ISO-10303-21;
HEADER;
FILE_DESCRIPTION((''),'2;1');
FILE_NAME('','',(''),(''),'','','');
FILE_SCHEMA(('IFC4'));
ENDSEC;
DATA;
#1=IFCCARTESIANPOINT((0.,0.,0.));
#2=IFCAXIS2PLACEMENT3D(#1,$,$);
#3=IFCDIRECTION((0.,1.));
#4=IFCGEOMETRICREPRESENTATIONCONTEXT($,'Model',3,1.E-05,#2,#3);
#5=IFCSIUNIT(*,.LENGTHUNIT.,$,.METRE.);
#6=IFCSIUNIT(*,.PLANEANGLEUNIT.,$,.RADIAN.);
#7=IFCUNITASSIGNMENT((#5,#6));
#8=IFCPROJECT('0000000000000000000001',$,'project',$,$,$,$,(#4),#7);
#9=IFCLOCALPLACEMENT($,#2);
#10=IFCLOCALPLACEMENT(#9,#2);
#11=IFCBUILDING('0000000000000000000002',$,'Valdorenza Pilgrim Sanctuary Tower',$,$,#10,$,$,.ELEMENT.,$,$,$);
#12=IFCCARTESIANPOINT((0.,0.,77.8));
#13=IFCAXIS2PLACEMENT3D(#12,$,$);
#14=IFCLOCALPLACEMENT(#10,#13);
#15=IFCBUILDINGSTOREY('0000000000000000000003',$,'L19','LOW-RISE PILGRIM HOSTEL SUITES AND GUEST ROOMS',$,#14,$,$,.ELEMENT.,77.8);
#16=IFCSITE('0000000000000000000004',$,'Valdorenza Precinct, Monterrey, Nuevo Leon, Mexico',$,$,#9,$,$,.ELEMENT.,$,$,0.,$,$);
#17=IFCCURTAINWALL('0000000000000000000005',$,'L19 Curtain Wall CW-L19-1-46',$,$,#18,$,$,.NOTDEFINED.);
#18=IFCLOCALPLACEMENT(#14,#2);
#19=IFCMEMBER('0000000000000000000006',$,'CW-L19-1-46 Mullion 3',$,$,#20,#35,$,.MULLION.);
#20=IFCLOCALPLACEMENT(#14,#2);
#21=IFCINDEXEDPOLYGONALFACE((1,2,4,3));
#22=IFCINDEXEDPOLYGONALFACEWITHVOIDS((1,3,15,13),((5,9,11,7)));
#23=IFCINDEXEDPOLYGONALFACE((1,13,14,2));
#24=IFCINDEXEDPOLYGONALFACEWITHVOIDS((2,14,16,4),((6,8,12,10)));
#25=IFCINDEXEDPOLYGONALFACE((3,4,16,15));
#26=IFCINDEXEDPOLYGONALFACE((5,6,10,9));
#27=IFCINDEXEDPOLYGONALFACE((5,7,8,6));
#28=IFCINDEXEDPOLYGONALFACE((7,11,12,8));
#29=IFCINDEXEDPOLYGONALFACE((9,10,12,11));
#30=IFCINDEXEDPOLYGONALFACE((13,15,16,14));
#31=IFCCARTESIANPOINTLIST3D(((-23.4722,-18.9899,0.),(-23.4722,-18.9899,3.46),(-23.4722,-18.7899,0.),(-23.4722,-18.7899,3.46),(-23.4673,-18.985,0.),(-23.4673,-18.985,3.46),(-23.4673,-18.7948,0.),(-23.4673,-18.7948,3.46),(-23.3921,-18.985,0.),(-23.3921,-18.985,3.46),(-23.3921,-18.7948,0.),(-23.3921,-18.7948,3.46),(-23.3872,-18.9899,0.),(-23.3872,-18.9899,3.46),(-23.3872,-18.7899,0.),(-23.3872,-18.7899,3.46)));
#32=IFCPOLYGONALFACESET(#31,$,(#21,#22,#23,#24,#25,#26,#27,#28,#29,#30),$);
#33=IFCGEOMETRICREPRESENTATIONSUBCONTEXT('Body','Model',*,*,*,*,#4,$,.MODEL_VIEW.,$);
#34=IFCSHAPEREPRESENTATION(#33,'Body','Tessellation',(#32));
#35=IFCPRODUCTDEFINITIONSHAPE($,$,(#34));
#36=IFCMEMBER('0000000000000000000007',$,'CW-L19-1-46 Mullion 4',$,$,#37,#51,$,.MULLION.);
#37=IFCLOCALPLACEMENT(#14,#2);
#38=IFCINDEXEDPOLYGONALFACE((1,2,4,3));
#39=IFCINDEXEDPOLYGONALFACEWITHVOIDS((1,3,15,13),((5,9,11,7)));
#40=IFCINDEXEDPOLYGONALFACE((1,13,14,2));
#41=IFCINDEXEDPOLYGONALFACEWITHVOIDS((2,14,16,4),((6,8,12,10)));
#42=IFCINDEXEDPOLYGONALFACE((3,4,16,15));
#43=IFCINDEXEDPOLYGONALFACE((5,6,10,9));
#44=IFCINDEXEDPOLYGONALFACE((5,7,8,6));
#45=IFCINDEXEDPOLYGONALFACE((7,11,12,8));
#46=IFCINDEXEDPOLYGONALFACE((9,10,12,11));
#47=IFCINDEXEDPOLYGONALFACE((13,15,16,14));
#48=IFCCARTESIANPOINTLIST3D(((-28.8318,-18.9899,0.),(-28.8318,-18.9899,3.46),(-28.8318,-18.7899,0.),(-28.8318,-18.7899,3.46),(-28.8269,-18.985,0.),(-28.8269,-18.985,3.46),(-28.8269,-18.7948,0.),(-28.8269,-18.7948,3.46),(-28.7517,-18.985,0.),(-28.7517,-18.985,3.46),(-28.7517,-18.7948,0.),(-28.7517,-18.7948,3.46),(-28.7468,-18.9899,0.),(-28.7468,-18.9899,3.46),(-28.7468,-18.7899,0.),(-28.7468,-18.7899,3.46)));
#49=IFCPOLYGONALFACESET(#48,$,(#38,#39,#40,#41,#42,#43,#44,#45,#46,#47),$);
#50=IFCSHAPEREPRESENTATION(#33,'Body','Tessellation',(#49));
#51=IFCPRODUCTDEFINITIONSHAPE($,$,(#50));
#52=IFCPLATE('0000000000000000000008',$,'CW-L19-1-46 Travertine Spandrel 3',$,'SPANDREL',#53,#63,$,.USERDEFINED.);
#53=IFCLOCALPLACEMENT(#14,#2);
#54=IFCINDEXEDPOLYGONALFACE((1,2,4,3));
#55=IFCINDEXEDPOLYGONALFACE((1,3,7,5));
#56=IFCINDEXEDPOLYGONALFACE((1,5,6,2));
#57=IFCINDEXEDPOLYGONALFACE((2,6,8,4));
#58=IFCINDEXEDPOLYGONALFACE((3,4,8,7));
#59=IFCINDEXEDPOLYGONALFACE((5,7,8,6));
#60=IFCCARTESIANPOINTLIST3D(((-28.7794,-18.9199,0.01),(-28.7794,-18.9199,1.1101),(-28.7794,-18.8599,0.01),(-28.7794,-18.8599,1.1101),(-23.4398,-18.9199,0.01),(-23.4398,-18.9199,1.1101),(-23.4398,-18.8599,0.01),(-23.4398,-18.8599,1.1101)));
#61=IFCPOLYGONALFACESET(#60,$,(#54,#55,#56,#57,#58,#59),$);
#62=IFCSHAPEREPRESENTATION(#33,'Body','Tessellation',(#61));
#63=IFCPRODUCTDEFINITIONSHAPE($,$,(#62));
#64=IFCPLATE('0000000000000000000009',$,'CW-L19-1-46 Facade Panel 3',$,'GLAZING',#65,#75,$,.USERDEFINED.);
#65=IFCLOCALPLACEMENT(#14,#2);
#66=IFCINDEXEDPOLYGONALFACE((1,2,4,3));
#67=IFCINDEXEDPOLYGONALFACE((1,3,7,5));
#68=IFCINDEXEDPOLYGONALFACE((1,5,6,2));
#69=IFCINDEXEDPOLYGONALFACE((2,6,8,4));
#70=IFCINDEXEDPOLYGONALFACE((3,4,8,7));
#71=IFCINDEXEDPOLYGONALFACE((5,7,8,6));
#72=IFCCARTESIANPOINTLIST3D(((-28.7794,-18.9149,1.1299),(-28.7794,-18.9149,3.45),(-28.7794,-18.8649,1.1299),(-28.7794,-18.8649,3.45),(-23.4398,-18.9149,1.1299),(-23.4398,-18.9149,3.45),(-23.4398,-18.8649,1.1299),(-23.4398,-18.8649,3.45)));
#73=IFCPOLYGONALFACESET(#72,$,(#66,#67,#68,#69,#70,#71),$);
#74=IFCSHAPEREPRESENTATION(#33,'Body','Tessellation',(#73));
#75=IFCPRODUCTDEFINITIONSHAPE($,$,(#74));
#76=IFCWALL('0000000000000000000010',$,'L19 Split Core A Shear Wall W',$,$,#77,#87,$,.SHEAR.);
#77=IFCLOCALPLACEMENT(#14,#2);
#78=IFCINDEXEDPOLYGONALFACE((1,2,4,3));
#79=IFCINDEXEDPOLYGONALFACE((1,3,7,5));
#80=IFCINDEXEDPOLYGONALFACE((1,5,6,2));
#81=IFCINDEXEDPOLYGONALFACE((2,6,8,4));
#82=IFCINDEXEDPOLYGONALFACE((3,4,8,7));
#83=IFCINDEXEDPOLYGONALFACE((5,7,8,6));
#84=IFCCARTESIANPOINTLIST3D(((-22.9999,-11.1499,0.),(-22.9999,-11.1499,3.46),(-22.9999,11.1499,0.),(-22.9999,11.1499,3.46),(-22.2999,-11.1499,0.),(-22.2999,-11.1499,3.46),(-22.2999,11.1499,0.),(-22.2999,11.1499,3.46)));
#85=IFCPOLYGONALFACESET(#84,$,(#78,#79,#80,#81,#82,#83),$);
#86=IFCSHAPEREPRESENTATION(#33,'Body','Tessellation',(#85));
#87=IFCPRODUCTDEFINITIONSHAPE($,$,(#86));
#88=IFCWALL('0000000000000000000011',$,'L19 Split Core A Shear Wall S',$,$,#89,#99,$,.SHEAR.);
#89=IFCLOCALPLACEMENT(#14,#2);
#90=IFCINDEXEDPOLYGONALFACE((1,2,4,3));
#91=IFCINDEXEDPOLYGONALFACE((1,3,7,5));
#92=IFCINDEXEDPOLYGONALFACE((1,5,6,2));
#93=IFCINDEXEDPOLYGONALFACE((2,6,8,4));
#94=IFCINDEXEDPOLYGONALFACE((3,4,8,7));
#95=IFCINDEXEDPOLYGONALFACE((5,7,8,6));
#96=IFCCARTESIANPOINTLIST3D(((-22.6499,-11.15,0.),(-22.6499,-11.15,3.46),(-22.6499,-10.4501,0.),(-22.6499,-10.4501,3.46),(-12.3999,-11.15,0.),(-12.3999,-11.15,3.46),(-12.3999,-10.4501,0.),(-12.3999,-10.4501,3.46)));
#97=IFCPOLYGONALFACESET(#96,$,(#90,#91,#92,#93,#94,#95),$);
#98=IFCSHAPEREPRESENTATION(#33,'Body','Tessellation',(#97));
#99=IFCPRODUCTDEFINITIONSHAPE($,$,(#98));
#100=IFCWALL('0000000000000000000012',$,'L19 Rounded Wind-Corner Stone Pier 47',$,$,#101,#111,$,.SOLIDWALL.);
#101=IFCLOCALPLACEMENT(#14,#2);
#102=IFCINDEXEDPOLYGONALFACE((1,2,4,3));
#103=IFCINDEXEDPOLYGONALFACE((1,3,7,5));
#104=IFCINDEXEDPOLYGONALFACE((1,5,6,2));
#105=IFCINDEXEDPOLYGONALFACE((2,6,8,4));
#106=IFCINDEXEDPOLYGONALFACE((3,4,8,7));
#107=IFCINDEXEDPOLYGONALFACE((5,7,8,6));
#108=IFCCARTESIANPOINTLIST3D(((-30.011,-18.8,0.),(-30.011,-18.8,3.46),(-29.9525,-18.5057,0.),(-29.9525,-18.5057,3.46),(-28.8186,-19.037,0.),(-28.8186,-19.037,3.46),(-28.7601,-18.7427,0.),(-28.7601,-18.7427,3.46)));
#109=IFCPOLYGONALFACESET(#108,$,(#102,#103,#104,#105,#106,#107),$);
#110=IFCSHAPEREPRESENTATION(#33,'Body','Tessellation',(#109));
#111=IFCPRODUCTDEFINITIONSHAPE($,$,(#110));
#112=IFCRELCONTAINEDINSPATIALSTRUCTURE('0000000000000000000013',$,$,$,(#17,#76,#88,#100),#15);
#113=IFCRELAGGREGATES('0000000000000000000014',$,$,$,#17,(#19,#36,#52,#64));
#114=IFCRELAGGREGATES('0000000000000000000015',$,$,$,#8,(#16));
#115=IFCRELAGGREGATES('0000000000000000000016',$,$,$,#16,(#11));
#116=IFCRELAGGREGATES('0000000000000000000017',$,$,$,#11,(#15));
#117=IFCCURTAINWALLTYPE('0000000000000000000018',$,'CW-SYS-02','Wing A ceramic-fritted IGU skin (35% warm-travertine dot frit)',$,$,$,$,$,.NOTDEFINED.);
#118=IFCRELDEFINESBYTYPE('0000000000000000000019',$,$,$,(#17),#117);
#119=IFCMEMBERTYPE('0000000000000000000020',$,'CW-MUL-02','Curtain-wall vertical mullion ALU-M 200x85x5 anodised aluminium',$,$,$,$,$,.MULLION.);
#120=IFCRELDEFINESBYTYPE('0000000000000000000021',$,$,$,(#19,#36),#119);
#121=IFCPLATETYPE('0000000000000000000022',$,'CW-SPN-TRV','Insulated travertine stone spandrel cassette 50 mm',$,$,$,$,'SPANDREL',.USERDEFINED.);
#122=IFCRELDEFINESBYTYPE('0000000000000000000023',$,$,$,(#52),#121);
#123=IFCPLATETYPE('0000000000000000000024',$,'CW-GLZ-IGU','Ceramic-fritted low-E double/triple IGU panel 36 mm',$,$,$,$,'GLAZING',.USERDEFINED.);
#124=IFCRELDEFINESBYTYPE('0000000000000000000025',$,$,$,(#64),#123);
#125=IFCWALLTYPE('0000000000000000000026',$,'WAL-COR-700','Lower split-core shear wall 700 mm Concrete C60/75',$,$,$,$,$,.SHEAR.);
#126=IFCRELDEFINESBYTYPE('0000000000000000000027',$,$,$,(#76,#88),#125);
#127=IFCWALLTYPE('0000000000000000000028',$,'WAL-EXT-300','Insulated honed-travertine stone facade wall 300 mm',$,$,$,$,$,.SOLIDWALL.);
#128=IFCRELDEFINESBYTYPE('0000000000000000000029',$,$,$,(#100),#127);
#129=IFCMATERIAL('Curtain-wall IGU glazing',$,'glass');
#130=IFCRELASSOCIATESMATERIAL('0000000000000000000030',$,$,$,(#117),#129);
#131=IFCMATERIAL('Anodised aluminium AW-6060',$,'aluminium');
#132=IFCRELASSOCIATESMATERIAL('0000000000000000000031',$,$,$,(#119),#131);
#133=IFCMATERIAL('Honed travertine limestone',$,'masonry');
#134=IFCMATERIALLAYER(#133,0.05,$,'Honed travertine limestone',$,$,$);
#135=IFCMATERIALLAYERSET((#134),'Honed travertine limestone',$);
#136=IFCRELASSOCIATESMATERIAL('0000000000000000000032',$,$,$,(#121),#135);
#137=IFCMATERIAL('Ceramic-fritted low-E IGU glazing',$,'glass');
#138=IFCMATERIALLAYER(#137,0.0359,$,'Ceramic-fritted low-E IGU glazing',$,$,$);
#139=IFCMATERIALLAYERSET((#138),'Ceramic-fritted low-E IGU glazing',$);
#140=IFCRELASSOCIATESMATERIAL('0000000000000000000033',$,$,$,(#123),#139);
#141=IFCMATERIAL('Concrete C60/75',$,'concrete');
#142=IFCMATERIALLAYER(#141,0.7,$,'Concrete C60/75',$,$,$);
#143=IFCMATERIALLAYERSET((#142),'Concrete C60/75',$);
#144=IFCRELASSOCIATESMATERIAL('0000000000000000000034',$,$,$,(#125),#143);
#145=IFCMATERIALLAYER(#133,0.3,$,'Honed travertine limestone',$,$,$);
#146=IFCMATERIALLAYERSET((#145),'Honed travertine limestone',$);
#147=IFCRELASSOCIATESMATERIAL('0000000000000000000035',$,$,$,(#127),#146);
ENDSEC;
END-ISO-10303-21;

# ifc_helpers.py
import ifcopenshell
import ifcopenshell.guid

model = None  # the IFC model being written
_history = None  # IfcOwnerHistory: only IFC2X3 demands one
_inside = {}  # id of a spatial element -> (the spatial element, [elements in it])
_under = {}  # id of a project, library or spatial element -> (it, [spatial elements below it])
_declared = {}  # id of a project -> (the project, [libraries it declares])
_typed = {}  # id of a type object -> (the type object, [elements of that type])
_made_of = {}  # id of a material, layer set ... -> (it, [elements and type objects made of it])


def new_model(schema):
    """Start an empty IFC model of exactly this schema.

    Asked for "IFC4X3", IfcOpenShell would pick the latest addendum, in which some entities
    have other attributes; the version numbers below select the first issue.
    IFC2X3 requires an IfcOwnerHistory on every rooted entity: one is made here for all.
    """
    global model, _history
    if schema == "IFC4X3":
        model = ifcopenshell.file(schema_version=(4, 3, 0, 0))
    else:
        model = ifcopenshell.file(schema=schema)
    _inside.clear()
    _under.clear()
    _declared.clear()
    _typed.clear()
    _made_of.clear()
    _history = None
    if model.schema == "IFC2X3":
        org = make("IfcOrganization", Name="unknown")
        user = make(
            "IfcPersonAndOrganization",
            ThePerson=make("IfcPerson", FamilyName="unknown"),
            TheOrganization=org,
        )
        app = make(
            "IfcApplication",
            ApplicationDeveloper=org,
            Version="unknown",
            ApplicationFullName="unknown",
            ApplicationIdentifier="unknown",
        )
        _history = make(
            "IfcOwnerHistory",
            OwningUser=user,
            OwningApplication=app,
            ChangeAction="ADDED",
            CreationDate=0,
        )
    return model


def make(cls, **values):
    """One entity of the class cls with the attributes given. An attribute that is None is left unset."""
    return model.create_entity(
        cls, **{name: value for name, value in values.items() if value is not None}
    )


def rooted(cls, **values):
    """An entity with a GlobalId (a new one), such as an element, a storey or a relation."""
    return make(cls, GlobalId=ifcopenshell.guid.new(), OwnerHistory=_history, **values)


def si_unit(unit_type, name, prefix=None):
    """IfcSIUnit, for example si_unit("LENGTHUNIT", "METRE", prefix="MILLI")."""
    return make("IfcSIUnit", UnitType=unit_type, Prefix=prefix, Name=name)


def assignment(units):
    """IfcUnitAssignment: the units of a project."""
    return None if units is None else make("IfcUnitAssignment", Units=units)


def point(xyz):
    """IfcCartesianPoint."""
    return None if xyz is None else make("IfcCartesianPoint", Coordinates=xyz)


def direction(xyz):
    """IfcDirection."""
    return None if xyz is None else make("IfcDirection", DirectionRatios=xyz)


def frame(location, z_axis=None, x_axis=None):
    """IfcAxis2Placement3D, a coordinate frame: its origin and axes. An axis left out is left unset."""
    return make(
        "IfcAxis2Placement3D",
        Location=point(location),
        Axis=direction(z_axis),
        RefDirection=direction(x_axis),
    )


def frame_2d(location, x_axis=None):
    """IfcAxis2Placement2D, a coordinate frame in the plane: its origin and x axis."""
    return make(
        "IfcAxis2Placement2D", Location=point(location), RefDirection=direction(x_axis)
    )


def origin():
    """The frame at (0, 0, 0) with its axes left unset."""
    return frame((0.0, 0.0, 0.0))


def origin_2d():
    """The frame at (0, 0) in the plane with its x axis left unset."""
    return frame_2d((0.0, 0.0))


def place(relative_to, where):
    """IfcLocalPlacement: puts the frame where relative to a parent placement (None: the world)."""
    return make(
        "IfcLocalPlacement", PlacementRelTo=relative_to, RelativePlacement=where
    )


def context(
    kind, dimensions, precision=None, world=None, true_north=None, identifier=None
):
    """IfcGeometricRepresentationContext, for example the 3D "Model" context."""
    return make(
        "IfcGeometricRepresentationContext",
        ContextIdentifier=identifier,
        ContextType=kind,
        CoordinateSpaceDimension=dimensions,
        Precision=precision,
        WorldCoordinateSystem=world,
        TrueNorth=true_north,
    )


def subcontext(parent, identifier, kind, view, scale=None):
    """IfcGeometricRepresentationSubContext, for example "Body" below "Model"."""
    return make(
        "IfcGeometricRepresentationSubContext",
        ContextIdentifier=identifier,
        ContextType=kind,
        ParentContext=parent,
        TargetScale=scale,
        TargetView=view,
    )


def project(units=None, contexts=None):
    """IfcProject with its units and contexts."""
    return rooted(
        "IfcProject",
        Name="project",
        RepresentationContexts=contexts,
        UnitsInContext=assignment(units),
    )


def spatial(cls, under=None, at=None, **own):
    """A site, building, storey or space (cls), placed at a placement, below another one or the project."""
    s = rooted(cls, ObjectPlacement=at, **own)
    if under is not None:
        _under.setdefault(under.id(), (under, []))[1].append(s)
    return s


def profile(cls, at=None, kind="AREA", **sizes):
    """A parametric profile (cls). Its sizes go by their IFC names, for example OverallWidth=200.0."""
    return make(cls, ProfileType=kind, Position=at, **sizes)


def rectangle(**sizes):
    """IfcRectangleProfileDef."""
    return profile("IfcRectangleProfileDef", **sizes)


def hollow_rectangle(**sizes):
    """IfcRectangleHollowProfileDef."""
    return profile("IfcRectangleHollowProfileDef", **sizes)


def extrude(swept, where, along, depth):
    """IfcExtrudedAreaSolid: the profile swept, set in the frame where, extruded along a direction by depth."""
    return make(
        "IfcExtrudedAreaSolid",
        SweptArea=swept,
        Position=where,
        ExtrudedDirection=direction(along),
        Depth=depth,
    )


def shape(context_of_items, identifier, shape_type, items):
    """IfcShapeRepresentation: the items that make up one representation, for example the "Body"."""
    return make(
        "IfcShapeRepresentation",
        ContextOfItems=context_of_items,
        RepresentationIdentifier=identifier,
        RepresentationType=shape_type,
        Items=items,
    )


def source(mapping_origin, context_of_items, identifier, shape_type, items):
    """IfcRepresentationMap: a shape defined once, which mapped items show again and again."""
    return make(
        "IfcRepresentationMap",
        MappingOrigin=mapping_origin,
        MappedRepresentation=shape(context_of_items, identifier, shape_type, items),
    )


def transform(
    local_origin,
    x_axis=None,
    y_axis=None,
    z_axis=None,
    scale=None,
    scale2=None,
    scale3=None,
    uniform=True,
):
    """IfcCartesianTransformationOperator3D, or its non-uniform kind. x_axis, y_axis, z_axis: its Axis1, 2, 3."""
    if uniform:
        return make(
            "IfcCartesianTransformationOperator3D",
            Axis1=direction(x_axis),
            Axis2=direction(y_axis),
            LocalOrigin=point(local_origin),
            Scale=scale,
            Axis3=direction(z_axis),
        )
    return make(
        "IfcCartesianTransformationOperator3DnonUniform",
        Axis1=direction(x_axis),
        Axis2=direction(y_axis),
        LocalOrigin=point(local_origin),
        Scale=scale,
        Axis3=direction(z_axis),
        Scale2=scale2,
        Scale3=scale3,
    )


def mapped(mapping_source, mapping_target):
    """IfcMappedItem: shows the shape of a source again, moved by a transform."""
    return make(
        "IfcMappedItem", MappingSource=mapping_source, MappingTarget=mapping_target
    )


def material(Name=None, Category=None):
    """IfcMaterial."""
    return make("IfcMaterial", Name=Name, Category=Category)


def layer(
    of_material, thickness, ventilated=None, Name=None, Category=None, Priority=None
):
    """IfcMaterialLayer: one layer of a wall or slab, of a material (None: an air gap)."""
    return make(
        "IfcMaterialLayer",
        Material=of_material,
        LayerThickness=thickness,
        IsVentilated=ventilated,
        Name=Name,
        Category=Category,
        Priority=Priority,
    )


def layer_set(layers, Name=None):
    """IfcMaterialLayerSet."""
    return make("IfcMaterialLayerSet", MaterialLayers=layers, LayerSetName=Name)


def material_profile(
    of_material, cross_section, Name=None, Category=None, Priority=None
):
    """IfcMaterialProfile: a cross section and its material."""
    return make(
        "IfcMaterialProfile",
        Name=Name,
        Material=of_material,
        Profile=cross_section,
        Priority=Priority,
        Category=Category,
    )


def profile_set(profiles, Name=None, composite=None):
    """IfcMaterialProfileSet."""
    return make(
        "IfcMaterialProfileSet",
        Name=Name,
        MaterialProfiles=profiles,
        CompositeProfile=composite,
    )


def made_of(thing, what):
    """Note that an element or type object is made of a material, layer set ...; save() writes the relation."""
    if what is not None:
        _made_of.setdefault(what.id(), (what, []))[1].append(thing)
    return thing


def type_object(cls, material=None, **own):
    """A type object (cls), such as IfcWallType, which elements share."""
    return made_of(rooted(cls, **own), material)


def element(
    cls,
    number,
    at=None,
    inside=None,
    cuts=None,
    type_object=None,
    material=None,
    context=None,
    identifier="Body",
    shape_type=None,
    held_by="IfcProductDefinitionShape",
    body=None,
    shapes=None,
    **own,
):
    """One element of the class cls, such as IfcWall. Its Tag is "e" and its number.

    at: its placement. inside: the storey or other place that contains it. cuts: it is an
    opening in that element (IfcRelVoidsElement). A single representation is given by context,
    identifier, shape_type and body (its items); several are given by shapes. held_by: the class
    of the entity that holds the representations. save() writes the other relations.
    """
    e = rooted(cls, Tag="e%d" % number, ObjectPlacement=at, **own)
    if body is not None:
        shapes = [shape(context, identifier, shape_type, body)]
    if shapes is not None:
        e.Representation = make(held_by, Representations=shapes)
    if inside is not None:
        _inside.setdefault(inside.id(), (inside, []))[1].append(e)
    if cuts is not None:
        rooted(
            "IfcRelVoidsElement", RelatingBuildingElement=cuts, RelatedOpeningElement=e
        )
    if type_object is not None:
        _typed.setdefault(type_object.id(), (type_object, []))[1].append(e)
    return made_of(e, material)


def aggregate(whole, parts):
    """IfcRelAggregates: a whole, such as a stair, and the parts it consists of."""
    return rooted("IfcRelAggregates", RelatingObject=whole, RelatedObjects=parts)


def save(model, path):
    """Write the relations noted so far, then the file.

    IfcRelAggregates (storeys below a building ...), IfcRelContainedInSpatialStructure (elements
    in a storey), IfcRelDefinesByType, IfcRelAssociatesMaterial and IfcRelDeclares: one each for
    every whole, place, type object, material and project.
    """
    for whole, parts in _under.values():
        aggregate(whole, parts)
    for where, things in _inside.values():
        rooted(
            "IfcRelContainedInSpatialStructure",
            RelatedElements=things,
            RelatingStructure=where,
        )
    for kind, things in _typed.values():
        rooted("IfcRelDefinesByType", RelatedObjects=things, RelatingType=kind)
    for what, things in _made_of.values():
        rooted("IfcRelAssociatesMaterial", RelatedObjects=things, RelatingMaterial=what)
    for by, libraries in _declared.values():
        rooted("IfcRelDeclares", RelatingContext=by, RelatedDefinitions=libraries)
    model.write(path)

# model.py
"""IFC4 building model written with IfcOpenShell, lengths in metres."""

from ifc_helpers import new_model, si_unit, direction, frame, frame_2d, origin, origin_2d, place, context, subcontext, project, spatial, rectangle, hollow_rectangle, extrude, source, transform, mapped, material, layer, layer_set, material_profile, profile_set, type_object, element, aggregate, save


model = new_model("IFC4")

# Units and contexts
model_context = context("Model", 3, precision=1e-05, world=origin(), true_north=direction((0.0, 1.0)))
body_context = subcontext(model_context, "Body", "Model", "MODEL_VIEW")
ifc_project = project(units=[si_unit("LENGTHUNIT", "METRE"), si_unit("PLANEANGLEUNIT", "RADIAN")], contexts=[model_context])

# Site, building, storey
site_placement = place(None, origin())
site = spatial("IfcSite", under=ifc_project, at=site_placement, Name="Valdorenza Precinct, Monterrey, Nuevo Leon, Mexico", CompositionType="ELEMENT", RefElevation=0.0)
building_placement = place(site_placement, origin())
building = spatial("IfcBuilding", under=site, at=building_placement, Name="Valdorenza Pilgrim Sanctuary Tower", CompositionType="ELEMENT")
storey_placement = place(building_placement, frame((0.0, 0.0, 77.8)))
storey = spatial("IfcBuildingStorey", under=building, at=storey_placement, Name="L19", Description="LOW-RISE PILGRIM HOSTEL SUITES AND GUEST ROOMS", CompositionType="ELEMENT", Elevation=77.8)

# Shared definitions
ifc_material_1 = material(Name="Concrete C60/75", Category="concrete")

# Curtain wall, members, plates
ifc_material_2 = material(Name="Curtain-wall IGU glazing", Category="glass")
curtain_wall_type = type_object("IfcCurtainWallType", Name="CW-SYS-02", Description="Wing A ceramic-fritted IGU skin (35% warm-travertine dot frit)", PredefinedType="NOTDEFINED", material=ifc_material_2)
curtain_wall_placement = place(storey_placement, origin())
curtain_wall = element("IfcCurtainWall", 1, at=curtain_wall_placement, inside=storey, type_object=curtain_wall_type, Name="L19 Curtain Wall CW-L19-1-46", PredefinedType="NOTDEFINED")
ifc_material_3 = material(Name="Anodised aluminium AW-6060", Category="aluminium")
ifc_material_profile_1 = material_profile(ifc_material_3, hollow_rectangle(XDim=0.085, YDim=0.2, WallThickness=0.0049, at=origin_2d()), Name="ALU-M 200x85x5")
ifc_profile_set_1 = profile_set([ifc_material_profile_1], Name="Anodised aluminium AW-6060")
member_type = type_object("IfcMemberType", Name="CW-MUL-02", Description="Curtain-wall vertical mullion ALU-M 200x85x5 anodised aluminium", PredefinedType="MULLION", material=ifc_profile_set_1)
shared_shape_1 = source(origin(), body_context, "Body", "SweptSolid", [
    extrude(hollow_rectangle(XDim=0.085, YDim=0.2, WallThickness=0.0049, at=origin_2d()), origin(), (0.0, 0.0, 1.0), 3.46),
])
member_1_placement = place(storey_placement, frame((-23.4297, -18.8899, 0.0), z_axis=(0.0, 0.0, 1.0), x_axis=(-1.0, 0.0, 0.0)))
member_1 = element("IfcMember", 2, at=member_1_placement, type_object=member_type, Name="CW-L19-1-46 Mullion 3", PredefinedType="MULLION", context=body_context, shape_type="MappedRepresentation", body=[
    mapped(shared_shape_1, transform((0.0, 0.0, 0.0), x_axis=(1.0, 0.0, 0.0), y_axis=(0.0, 1.0, 0.0), z_axis=(0.0, 0.0, 1.0), scale=1.0)),
])
member_2_placement = place(storey_placement, frame((-28.7893, -18.8899, 0.0), z_axis=(0.0, 0.0, 1.0), x_axis=(-1.0, 0.0, 0.0)))
member_2 = element("IfcMember", 3, at=member_2_placement, type_object=member_type, Name="CW-L19-1-46 Mullion 4", PredefinedType="MULLION", context=body_context, shape_type="MappedRepresentation", body=[
    mapped(shared_shape_1, transform((0.0, 0.0, 0.0), x_axis=(1.0, 0.0, 0.0), y_axis=(0.0, 1.0, 0.0), z_axis=(0.0, 0.0, 1.0), scale=1.0)),
])
ifc_material_4 = material(Name="Honed travertine limestone", Category="masonry")
ifc_layer_1 = layer(ifc_material_4, 0.05, Name="Honed travertine limestone")
ifc_layer_set_1 = layer_set([ifc_layer_1], Name="Honed travertine limestone")
plate_type_1 = type_object("IfcPlateType", Name="CW-SPN-TRV", Description="Insulated travertine stone spandrel cassette 50 mm", ElementType="SPANDREL", PredefinedType="USERDEFINED", material=ifc_layer_set_1)
shared_shape_2 = source(origin(), body_context, "Body", "SweptSolid", [
    extrude(rectangle(XDim=5.3396, YDim=0.0601, at=origin_2d()), origin(), (0.0, 0.0, 1.0), 1.1001),
])
plate_1_placement = place(storey_placement, frame((-26.1096, -18.8899, 0.01), z_axis=(0.0, 0.0, 1.0), x_axis=(-1.0, 0.0, 0.0)))
plate_1 = element("IfcPlate", 4, at=plate_1_placement, type_object=plate_type_1, Name="CW-L19-1-46 Travertine Spandrel 3", ObjectType="SPANDREL", PredefinedType="USERDEFINED", context=body_context, shape_type="MappedRepresentation", body=[
    mapped(shared_shape_2, transform((0.0, 0.0, 0.0), x_axis=(1.0, 0.0, 0.0), y_axis=(0.0, 1.0, 0.0), z_axis=(0.0, 0.0, 1.0), scale=1.0)),
])
ifc_material_5 = material(Name="Ceramic-fritted low-E IGU glazing", Category="glass")
ifc_layer_2 = layer(ifc_material_5, 0.0359, Name="Ceramic-fritted low-E IGU glazing")
ifc_layer_set_2 = layer_set([ifc_layer_2], Name="Ceramic-fritted low-E IGU glazing")
plate_type_2 = type_object("IfcPlateType", Name="CW-GLZ-IGU", Description="Ceramic-fritted low-E double/triple IGU panel 36 mm", ElementType="GLAZING", PredefinedType="USERDEFINED", material=ifc_layer_set_2)
shared_shape_3 = source(origin(), body_context, "Body", "SweptSolid", [
    extrude(rectangle(XDim=5.3396, YDim=0.05, at=origin_2d()), origin(), (0.0, 0.0, 1.0), 2.3201),
])
plate_2_placement = place(storey_placement, frame((-26.1096, -18.8899, 1.1299), z_axis=(0.0, 0.0, 1.0), x_axis=(-1.0, 0.0, 0.0)))
plate_2 = element("IfcPlate", 5, at=plate_2_placement, type_object=plate_type_2, Name="CW-L19-1-46 Facade Panel 3", ObjectType="GLAZING", PredefinedType="USERDEFINED", context=body_context, shape_type="MappedRepresentation", body=[
    mapped(shared_shape_3, transform((0.0, 0.0, 0.0), x_axis=(1.0, 0.0, 0.0), y_axis=(0.0, 1.0, 0.0), z_axis=(0.0, 0.0, 1.0), scale=1.0)),
])
aggregate(curtain_wall, [member_1, member_2, plate_1, plate_2])

# Walls
ifc_layer_3 = layer(ifc_material_1, 0.7, Name="Concrete C60/75")
ifc_layer_set_3 = layer_set([ifc_layer_3], Name="Concrete C60/75")
wall_type_1 = type_object("IfcWallType", Name="WAL-COR-700", Description="Lower split-core shear wall 700 mm Concrete C60/75", PredefinedType="SHEAR", material=ifc_layer_set_3)
wall_1_placement = place(storey_placement, frame((-22.6499, -11.1499, 0.0), z_axis=(0.0, 0.0, 1.0), x_axis=(0.0, 1.0, 0.0)))
element("IfcWall", 6, at=wall_1_placement, inside=storey, type_object=wall_type_1, Name="L19 Split Core A Shear Wall W", PredefinedType="SHEAR", context=body_context, shape_type="SweptSolid", body=[
    extrude(rectangle(XDim=22.2998, YDim=0.7, at=frame_2d((11.1499, 0.0))), origin(), (0.0, 0.0, 1.0), 3.46),
])
wall_2_placement = place(storey_placement, frame((-22.6499, -10.8, 0.0), z_axis=(0.0, 0.0, 1.0), x_axis=(1.0, 0.0, 0.0)))
element("IfcWall", 7, at=wall_2_placement, inside=storey, type_object=wall_type_1, Name="L19 Split Core A Shear Wall S", PredefinedType="SHEAR", context=body_context, shape_type="SweptSolid", body=[
    extrude(rectangle(XDim=10.25, YDim=0.7, at=frame_2d((5.125, 0.0))), origin(), (0.0, 0.0, 1.0), 3.46),
])
ifc_layer_4 = layer(ifc_material_4, 0.3, Name="Honed travertine limestone")
ifc_layer_set_4 = layer_set([ifc_layer_4], Name="Honed travertine limestone")
wall_type_2 = type_object("IfcWallType", Name="WAL-EXT-300", Description="Insulated honed-travertine stone facade wall 300 mm", PredefinedType="SOLIDWALL", material=ifc_layer_set_4)
wall_3_placement = place(storey_placement, frame((-28.7893, -18.8899, 0.0), z_axis=(0.0, 0.0, 1.0), x_axis=(-0.980804, 0.194996, 0.0)))
element("IfcWall", 8, at=wall_3_placement, inside=storey, type_object=wall_type_2, Name="L19 Rounded Wind-Corner Stone Pier 47", PredefinedType="SOLIDWALL", context=body_context, shape_type="SweptSolid", body=[
    extrude(rectangle(XDim=1.2158, YDim=0.3, at=frame_2d((0.6079, 0.0))), origin(), (0.0, 0.0, 1.0), 3.46),
])

save(model, "model.ifc")
